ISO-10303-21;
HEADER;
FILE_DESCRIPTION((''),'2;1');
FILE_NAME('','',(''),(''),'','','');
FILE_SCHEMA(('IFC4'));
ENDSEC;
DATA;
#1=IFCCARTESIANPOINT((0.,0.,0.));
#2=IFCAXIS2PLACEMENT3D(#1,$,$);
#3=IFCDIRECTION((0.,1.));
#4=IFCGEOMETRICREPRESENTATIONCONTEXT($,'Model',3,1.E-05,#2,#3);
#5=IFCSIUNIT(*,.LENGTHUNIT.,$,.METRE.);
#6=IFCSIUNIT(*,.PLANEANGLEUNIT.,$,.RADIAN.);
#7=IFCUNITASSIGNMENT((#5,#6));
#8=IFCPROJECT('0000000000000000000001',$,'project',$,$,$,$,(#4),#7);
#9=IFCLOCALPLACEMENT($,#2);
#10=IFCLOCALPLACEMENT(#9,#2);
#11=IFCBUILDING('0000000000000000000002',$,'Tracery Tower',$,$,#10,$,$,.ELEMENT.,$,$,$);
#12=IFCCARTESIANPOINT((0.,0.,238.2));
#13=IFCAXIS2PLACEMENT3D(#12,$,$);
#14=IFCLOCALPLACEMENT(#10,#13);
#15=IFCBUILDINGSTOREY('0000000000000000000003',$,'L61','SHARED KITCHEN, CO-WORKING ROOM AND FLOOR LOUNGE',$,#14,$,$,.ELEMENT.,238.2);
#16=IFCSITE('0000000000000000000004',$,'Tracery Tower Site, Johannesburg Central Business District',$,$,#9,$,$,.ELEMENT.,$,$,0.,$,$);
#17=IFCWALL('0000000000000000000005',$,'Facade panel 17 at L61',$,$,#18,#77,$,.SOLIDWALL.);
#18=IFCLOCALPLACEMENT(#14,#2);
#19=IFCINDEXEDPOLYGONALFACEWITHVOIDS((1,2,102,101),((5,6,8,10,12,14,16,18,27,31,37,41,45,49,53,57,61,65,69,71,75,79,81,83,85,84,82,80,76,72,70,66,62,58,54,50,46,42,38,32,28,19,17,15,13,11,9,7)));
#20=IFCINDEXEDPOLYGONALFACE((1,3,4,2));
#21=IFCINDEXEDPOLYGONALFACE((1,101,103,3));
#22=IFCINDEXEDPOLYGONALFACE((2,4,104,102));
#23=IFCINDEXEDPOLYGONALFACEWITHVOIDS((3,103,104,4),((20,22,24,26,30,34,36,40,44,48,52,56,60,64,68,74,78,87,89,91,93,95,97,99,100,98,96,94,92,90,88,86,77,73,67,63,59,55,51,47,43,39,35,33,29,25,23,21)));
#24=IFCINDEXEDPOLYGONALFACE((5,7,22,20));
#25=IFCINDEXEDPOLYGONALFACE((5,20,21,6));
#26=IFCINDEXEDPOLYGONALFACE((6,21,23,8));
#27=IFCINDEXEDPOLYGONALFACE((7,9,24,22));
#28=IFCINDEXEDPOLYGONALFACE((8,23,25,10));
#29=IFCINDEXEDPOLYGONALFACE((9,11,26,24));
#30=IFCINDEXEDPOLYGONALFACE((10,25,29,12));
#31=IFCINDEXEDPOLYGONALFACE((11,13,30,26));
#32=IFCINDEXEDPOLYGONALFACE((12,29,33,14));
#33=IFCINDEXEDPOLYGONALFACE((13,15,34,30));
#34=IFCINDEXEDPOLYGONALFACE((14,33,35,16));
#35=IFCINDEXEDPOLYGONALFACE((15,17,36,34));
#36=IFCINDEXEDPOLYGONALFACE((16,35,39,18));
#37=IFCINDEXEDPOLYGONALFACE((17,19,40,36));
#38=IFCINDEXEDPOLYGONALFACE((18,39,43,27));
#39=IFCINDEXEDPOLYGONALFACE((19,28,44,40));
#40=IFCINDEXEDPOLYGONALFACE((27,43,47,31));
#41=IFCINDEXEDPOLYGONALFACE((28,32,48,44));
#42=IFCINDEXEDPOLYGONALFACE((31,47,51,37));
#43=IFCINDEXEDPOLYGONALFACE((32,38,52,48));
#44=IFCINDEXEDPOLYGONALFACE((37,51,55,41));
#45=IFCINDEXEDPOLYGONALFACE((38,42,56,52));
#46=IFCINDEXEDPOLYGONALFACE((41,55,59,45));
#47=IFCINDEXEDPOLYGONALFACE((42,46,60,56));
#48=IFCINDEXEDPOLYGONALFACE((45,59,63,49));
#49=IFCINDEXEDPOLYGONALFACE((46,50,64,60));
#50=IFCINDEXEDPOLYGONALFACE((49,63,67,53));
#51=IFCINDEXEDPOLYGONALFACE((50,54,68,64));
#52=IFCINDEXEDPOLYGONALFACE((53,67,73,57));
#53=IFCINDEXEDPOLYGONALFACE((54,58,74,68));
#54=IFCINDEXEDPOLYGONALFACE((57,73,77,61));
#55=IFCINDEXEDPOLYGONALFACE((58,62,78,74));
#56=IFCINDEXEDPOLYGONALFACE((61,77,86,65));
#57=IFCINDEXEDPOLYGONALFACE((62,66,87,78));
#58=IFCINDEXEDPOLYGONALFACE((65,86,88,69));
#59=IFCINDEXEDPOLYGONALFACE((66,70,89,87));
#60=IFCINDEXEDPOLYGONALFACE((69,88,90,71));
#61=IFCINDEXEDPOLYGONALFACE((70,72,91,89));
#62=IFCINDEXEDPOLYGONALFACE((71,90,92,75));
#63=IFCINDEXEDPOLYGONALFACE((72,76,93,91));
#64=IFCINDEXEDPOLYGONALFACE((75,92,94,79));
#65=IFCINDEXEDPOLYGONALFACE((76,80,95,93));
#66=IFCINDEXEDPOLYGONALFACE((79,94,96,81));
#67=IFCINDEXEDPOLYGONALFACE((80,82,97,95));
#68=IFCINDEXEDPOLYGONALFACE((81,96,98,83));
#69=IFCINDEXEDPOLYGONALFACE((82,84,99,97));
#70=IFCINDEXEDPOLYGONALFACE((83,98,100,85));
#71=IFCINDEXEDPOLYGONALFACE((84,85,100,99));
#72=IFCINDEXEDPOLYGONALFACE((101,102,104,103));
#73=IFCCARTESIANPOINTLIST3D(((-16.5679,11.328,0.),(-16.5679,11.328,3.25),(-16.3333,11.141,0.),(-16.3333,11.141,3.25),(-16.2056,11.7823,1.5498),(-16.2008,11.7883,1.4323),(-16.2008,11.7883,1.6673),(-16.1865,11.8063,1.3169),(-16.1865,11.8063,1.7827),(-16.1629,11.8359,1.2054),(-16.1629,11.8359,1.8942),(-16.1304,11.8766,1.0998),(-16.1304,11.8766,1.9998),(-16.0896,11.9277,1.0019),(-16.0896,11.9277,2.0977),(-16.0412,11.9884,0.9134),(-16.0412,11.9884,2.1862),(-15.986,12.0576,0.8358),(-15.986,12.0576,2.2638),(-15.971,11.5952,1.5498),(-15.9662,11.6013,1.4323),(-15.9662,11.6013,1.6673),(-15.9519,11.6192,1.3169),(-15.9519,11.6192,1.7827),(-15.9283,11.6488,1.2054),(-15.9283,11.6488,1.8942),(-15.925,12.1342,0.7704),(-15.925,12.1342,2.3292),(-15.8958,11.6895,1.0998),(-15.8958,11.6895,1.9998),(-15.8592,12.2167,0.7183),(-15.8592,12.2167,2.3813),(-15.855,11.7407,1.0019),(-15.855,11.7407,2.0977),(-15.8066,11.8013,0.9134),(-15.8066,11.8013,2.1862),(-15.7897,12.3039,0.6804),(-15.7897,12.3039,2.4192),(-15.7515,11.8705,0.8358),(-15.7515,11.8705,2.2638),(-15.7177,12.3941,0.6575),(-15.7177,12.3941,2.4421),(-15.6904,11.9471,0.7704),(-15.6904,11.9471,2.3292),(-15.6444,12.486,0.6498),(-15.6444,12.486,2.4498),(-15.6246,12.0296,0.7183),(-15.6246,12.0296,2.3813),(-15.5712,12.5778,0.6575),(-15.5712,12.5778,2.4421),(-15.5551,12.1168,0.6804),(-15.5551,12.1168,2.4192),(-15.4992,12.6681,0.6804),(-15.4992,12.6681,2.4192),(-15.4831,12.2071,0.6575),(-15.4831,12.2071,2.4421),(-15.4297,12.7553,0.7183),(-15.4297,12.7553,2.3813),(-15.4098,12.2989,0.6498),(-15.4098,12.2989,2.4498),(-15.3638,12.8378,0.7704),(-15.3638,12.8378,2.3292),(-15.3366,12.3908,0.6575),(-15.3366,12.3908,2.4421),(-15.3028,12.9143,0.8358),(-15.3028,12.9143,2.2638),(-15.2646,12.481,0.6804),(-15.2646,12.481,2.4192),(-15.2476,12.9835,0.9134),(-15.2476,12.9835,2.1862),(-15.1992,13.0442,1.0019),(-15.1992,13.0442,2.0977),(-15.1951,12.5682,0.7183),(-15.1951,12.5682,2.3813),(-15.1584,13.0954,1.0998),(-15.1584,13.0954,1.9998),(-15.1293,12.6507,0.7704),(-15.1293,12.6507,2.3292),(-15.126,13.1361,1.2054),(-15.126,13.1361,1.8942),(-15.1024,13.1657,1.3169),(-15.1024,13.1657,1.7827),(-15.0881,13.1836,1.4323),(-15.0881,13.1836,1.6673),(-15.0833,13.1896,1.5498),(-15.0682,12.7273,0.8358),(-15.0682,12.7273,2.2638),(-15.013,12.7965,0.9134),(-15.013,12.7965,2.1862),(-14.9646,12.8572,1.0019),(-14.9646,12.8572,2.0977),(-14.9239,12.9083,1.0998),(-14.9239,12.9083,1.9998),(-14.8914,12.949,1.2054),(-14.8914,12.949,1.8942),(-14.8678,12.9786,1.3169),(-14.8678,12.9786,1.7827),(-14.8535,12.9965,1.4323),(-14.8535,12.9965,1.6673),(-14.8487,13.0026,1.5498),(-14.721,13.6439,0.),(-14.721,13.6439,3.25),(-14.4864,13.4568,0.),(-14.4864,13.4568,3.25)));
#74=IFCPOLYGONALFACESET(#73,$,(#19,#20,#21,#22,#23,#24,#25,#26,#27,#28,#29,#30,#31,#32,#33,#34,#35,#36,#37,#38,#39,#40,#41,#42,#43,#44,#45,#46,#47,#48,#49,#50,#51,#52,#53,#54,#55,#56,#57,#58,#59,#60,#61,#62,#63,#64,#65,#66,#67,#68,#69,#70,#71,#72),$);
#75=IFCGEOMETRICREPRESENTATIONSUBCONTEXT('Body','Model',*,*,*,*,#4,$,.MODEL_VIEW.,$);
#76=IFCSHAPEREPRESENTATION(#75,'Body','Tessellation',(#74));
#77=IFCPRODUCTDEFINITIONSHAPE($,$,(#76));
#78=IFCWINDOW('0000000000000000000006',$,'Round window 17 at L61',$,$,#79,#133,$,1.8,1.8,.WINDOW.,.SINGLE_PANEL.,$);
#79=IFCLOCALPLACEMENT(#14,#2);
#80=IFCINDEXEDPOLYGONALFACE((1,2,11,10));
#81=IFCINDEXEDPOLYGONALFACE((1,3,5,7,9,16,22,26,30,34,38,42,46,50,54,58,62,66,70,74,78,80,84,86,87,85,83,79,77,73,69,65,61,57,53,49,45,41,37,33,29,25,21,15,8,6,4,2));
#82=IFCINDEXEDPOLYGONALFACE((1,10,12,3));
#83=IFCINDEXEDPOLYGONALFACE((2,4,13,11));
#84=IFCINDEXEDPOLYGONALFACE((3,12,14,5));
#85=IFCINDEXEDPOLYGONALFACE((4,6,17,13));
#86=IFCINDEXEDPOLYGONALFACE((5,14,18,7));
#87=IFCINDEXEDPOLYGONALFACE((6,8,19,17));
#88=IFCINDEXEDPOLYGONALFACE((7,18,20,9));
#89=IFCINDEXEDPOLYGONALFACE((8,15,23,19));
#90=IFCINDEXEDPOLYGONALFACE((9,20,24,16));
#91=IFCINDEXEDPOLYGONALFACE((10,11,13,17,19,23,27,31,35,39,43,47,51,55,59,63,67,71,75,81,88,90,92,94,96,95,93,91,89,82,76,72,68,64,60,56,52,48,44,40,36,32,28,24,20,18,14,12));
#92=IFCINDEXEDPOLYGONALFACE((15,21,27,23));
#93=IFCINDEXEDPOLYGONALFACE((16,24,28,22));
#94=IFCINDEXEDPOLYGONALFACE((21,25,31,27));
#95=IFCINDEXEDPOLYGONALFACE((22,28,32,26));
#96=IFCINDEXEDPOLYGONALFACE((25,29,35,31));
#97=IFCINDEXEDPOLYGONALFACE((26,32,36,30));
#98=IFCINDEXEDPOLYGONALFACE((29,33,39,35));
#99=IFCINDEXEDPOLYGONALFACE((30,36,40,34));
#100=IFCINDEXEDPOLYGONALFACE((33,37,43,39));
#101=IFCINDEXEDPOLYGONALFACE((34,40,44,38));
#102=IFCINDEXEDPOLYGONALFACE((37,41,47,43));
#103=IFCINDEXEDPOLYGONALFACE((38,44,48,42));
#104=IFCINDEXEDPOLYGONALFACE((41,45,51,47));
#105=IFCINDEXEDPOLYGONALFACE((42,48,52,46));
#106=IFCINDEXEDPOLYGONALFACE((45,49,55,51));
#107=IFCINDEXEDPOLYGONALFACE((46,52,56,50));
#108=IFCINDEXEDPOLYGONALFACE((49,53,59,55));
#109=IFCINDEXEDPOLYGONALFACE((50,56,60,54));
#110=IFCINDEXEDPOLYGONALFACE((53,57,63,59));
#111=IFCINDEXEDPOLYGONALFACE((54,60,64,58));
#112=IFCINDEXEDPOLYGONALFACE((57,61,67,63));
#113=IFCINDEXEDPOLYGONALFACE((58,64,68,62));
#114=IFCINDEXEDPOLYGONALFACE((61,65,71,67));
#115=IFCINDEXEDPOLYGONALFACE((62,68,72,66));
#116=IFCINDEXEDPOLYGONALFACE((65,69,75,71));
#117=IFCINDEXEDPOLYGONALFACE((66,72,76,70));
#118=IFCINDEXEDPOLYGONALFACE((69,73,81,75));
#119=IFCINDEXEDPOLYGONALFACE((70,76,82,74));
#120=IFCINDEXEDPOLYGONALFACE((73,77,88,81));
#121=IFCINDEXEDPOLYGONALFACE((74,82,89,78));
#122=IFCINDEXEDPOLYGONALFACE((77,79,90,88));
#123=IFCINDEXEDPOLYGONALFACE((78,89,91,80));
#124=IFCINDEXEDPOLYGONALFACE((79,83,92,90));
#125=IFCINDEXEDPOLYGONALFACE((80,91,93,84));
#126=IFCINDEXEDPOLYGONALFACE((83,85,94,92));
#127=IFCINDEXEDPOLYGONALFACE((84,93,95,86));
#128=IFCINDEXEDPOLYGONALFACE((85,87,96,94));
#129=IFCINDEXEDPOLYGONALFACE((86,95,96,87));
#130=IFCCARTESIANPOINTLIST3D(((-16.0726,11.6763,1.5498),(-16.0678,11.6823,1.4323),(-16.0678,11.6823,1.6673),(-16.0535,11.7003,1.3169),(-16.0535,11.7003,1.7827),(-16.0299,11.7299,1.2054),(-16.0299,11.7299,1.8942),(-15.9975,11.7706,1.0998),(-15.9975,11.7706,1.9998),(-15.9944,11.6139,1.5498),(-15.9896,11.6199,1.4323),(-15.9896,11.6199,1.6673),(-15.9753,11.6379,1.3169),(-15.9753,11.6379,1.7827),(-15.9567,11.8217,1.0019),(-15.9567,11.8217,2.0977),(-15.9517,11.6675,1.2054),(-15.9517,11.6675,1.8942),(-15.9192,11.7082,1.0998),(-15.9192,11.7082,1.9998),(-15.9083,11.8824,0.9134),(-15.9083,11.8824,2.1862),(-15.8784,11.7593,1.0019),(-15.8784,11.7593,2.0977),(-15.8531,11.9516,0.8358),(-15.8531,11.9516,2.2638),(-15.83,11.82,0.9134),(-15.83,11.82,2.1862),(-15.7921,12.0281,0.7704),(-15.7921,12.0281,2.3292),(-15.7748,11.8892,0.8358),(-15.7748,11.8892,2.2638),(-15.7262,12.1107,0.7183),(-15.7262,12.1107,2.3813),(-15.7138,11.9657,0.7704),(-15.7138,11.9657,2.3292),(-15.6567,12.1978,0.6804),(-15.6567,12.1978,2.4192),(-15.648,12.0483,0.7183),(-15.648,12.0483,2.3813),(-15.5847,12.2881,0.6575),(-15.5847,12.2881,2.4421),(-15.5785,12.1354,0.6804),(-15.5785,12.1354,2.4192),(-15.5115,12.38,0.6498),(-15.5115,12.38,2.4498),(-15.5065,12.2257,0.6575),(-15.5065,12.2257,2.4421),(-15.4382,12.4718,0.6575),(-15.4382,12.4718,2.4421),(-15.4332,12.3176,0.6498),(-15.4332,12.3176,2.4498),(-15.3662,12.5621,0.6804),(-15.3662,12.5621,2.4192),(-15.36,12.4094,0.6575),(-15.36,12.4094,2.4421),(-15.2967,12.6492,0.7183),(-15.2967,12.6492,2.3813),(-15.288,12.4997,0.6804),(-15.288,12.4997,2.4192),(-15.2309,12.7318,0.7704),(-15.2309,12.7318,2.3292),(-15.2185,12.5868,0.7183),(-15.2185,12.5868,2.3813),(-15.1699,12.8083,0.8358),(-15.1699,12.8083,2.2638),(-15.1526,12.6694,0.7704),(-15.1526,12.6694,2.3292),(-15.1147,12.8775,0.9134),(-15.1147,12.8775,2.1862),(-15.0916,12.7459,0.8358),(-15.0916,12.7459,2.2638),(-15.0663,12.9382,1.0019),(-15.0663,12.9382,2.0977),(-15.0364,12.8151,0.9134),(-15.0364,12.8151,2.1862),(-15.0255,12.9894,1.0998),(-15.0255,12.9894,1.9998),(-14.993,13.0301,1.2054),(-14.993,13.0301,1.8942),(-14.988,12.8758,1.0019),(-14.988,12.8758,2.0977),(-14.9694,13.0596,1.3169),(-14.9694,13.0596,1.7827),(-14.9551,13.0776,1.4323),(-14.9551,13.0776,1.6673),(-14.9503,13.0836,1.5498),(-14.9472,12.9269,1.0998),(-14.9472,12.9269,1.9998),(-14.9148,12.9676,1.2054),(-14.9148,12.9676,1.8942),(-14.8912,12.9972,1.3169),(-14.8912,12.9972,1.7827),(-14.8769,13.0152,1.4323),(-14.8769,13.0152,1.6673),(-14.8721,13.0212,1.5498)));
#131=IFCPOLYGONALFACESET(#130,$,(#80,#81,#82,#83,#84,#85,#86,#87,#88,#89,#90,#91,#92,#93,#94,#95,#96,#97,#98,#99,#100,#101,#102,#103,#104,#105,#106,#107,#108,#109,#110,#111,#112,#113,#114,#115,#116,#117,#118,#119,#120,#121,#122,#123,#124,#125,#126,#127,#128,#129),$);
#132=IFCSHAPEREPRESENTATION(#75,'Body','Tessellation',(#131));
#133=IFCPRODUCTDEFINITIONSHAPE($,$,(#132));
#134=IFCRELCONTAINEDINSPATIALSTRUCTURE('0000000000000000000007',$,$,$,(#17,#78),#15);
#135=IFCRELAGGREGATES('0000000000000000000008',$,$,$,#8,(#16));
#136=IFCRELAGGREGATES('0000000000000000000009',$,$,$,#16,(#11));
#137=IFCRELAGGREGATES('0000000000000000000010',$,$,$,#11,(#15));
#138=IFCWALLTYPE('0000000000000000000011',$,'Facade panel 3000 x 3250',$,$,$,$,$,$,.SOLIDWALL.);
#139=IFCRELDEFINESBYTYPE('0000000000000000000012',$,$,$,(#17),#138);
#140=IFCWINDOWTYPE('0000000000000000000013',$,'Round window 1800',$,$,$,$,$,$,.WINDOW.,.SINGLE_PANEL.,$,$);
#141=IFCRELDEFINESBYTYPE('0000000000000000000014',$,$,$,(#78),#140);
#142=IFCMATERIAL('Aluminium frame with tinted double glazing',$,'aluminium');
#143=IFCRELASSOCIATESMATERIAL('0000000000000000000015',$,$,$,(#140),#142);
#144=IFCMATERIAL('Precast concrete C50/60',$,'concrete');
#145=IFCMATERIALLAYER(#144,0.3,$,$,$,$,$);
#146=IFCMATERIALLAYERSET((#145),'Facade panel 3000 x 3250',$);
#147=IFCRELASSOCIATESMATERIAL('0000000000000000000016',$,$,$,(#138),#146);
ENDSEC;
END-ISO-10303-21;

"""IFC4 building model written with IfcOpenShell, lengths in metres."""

from ifc_helpers import new_model, si_unit, direction, frame, frame_2d, origin, origin_2d, place, context, subcontext, project, spatial, rectangle, circle, extrude, material, layer, layer_set, type_object, element, fill, save


model = new_model("IFC4")

# Units and contexts
model_context = context("Model", 3, precision=1e-05, world=origin(), true_north=direction((0.0, 1.0)))
body_context = subcontext(model_context, "Body", "Model", "MODEL_VIEW")
ifc_project = project(units=[si_unit("LENGTHUNIT", "METRE"), si_unit("PLANEANGLEUNIT", "RADIAN")], contexts=[model_context])

# Site, building, storey
site_placement = place(None, origin())
site = spatial("IfcSite", under=ifc_project, at=site_placement, Name="Tracery Tower Site, Johannesburg Central Business District", CompositionType="ELEMENT", RefElevation=0.0)
building_placement = place(site_placement, origin())
building = spatial("IfcBuilding", under=site, at=building_placement, Name="Tracery Tower", CompositionType="ELEMENT")
storey_placement = place(building_placement, frame((0.0, 0.0, 238.2)))
storey = spatial("IfcBuildingStorey", under=building, at=storey_placement, Name="L61", Description="SHARED KITCHEN, CO-WORKING ROOM AND FLOOR LOUNGE", CompositionType="ELEMENT", Elevation=238.2)

# Wall, opening, window
ifc_material_1 = material(Name="Aluminium frame with tinted double glazing", Category="aluminium")
window_type = type_object("IfcWindowType", Name="Round window 1800", PartitioningType="SINGLE_PANEL", PredefinedType="WINDOW", material=ifc_material_1)
ifc_material_2 = material(Name="Precast concrete C50/60", Category="concrete")
ifc_layer_1 = layer(ifc_material_2, 0.3)
ifc_layer_set_1 = layer_set([ifc_layer_1], Name="Facade panel 3000 x 3250")
wall_type_1 = type_object("IfcWallType", Name="Facade panel 3000 x 3250", PredefinedType="SOLIDWALL", material=ifc_layer_set_1)
wall_1_placement = place(storey_placement, frame((-14.6038, 13.5503, 0.0), z_axis=(0.0, 0.0, 1.0), x_axis=(-0.623498, -0.781825, 0.0)))
wall_1 = element("IfcWall", 1, at=wall_1_placement, inside=storey, type_object=wall_type_1, Name="Facade panel 17 at L61", PredefinedType="SOLIDWALL", context=body_context, shape_type="SweptSolid", body=[
    extrude(rectangle(XDim=2.9622, YDim=0.3, at=frame_2d((1.481, 0.0))), origin(), (0.0, 0.0, 1.0), 3.25),
])
opening_1_placement = place(wall_1_placement, frame((1.481, 0.0, 1.5498)))
opening_1 = element("IfcOpeningElement", 2, at=opening_1_placement, cuts=wall_1, PredefinedType="OPENING", context=body_context, shape_type="SweptSolid", body=[
    extrude(circle(Radius=0.9, at=origin_2d()), frame((0.0, 0.1599, 0.0), z_axis=(0.0, -1.0, 0.0), x_axis=(1.0, 0.0, 0.0)), (0.0, 0.0, 1.0), 0.3201),
])
window_1_placement = place(opening_1_placement, origin())
window_1 = element("IfcWindow", 3, at=window_1_placement, inside=storey, type_object=window_type, Name="Round window 17 at L61", OverallHeight=1.8, OverallWidth=1.8, PartitioningType="SINGLE_PANEL", PredefinedType="WINDOW", context=body_context, shape_type="SweptSolid", body=[
    extrude(circle(Radius=0.9, at=origin_2d()), frame((0.0, 0.1201, 0.0), z_axis=(0.0, -1.0, 0.0), x_axis=(1.0, 0.0, 0.0)), (0.0, 0.0, 1.0), 0.1001),
])
fill(opening_1, window_1)

save(model, "model.ifc")
